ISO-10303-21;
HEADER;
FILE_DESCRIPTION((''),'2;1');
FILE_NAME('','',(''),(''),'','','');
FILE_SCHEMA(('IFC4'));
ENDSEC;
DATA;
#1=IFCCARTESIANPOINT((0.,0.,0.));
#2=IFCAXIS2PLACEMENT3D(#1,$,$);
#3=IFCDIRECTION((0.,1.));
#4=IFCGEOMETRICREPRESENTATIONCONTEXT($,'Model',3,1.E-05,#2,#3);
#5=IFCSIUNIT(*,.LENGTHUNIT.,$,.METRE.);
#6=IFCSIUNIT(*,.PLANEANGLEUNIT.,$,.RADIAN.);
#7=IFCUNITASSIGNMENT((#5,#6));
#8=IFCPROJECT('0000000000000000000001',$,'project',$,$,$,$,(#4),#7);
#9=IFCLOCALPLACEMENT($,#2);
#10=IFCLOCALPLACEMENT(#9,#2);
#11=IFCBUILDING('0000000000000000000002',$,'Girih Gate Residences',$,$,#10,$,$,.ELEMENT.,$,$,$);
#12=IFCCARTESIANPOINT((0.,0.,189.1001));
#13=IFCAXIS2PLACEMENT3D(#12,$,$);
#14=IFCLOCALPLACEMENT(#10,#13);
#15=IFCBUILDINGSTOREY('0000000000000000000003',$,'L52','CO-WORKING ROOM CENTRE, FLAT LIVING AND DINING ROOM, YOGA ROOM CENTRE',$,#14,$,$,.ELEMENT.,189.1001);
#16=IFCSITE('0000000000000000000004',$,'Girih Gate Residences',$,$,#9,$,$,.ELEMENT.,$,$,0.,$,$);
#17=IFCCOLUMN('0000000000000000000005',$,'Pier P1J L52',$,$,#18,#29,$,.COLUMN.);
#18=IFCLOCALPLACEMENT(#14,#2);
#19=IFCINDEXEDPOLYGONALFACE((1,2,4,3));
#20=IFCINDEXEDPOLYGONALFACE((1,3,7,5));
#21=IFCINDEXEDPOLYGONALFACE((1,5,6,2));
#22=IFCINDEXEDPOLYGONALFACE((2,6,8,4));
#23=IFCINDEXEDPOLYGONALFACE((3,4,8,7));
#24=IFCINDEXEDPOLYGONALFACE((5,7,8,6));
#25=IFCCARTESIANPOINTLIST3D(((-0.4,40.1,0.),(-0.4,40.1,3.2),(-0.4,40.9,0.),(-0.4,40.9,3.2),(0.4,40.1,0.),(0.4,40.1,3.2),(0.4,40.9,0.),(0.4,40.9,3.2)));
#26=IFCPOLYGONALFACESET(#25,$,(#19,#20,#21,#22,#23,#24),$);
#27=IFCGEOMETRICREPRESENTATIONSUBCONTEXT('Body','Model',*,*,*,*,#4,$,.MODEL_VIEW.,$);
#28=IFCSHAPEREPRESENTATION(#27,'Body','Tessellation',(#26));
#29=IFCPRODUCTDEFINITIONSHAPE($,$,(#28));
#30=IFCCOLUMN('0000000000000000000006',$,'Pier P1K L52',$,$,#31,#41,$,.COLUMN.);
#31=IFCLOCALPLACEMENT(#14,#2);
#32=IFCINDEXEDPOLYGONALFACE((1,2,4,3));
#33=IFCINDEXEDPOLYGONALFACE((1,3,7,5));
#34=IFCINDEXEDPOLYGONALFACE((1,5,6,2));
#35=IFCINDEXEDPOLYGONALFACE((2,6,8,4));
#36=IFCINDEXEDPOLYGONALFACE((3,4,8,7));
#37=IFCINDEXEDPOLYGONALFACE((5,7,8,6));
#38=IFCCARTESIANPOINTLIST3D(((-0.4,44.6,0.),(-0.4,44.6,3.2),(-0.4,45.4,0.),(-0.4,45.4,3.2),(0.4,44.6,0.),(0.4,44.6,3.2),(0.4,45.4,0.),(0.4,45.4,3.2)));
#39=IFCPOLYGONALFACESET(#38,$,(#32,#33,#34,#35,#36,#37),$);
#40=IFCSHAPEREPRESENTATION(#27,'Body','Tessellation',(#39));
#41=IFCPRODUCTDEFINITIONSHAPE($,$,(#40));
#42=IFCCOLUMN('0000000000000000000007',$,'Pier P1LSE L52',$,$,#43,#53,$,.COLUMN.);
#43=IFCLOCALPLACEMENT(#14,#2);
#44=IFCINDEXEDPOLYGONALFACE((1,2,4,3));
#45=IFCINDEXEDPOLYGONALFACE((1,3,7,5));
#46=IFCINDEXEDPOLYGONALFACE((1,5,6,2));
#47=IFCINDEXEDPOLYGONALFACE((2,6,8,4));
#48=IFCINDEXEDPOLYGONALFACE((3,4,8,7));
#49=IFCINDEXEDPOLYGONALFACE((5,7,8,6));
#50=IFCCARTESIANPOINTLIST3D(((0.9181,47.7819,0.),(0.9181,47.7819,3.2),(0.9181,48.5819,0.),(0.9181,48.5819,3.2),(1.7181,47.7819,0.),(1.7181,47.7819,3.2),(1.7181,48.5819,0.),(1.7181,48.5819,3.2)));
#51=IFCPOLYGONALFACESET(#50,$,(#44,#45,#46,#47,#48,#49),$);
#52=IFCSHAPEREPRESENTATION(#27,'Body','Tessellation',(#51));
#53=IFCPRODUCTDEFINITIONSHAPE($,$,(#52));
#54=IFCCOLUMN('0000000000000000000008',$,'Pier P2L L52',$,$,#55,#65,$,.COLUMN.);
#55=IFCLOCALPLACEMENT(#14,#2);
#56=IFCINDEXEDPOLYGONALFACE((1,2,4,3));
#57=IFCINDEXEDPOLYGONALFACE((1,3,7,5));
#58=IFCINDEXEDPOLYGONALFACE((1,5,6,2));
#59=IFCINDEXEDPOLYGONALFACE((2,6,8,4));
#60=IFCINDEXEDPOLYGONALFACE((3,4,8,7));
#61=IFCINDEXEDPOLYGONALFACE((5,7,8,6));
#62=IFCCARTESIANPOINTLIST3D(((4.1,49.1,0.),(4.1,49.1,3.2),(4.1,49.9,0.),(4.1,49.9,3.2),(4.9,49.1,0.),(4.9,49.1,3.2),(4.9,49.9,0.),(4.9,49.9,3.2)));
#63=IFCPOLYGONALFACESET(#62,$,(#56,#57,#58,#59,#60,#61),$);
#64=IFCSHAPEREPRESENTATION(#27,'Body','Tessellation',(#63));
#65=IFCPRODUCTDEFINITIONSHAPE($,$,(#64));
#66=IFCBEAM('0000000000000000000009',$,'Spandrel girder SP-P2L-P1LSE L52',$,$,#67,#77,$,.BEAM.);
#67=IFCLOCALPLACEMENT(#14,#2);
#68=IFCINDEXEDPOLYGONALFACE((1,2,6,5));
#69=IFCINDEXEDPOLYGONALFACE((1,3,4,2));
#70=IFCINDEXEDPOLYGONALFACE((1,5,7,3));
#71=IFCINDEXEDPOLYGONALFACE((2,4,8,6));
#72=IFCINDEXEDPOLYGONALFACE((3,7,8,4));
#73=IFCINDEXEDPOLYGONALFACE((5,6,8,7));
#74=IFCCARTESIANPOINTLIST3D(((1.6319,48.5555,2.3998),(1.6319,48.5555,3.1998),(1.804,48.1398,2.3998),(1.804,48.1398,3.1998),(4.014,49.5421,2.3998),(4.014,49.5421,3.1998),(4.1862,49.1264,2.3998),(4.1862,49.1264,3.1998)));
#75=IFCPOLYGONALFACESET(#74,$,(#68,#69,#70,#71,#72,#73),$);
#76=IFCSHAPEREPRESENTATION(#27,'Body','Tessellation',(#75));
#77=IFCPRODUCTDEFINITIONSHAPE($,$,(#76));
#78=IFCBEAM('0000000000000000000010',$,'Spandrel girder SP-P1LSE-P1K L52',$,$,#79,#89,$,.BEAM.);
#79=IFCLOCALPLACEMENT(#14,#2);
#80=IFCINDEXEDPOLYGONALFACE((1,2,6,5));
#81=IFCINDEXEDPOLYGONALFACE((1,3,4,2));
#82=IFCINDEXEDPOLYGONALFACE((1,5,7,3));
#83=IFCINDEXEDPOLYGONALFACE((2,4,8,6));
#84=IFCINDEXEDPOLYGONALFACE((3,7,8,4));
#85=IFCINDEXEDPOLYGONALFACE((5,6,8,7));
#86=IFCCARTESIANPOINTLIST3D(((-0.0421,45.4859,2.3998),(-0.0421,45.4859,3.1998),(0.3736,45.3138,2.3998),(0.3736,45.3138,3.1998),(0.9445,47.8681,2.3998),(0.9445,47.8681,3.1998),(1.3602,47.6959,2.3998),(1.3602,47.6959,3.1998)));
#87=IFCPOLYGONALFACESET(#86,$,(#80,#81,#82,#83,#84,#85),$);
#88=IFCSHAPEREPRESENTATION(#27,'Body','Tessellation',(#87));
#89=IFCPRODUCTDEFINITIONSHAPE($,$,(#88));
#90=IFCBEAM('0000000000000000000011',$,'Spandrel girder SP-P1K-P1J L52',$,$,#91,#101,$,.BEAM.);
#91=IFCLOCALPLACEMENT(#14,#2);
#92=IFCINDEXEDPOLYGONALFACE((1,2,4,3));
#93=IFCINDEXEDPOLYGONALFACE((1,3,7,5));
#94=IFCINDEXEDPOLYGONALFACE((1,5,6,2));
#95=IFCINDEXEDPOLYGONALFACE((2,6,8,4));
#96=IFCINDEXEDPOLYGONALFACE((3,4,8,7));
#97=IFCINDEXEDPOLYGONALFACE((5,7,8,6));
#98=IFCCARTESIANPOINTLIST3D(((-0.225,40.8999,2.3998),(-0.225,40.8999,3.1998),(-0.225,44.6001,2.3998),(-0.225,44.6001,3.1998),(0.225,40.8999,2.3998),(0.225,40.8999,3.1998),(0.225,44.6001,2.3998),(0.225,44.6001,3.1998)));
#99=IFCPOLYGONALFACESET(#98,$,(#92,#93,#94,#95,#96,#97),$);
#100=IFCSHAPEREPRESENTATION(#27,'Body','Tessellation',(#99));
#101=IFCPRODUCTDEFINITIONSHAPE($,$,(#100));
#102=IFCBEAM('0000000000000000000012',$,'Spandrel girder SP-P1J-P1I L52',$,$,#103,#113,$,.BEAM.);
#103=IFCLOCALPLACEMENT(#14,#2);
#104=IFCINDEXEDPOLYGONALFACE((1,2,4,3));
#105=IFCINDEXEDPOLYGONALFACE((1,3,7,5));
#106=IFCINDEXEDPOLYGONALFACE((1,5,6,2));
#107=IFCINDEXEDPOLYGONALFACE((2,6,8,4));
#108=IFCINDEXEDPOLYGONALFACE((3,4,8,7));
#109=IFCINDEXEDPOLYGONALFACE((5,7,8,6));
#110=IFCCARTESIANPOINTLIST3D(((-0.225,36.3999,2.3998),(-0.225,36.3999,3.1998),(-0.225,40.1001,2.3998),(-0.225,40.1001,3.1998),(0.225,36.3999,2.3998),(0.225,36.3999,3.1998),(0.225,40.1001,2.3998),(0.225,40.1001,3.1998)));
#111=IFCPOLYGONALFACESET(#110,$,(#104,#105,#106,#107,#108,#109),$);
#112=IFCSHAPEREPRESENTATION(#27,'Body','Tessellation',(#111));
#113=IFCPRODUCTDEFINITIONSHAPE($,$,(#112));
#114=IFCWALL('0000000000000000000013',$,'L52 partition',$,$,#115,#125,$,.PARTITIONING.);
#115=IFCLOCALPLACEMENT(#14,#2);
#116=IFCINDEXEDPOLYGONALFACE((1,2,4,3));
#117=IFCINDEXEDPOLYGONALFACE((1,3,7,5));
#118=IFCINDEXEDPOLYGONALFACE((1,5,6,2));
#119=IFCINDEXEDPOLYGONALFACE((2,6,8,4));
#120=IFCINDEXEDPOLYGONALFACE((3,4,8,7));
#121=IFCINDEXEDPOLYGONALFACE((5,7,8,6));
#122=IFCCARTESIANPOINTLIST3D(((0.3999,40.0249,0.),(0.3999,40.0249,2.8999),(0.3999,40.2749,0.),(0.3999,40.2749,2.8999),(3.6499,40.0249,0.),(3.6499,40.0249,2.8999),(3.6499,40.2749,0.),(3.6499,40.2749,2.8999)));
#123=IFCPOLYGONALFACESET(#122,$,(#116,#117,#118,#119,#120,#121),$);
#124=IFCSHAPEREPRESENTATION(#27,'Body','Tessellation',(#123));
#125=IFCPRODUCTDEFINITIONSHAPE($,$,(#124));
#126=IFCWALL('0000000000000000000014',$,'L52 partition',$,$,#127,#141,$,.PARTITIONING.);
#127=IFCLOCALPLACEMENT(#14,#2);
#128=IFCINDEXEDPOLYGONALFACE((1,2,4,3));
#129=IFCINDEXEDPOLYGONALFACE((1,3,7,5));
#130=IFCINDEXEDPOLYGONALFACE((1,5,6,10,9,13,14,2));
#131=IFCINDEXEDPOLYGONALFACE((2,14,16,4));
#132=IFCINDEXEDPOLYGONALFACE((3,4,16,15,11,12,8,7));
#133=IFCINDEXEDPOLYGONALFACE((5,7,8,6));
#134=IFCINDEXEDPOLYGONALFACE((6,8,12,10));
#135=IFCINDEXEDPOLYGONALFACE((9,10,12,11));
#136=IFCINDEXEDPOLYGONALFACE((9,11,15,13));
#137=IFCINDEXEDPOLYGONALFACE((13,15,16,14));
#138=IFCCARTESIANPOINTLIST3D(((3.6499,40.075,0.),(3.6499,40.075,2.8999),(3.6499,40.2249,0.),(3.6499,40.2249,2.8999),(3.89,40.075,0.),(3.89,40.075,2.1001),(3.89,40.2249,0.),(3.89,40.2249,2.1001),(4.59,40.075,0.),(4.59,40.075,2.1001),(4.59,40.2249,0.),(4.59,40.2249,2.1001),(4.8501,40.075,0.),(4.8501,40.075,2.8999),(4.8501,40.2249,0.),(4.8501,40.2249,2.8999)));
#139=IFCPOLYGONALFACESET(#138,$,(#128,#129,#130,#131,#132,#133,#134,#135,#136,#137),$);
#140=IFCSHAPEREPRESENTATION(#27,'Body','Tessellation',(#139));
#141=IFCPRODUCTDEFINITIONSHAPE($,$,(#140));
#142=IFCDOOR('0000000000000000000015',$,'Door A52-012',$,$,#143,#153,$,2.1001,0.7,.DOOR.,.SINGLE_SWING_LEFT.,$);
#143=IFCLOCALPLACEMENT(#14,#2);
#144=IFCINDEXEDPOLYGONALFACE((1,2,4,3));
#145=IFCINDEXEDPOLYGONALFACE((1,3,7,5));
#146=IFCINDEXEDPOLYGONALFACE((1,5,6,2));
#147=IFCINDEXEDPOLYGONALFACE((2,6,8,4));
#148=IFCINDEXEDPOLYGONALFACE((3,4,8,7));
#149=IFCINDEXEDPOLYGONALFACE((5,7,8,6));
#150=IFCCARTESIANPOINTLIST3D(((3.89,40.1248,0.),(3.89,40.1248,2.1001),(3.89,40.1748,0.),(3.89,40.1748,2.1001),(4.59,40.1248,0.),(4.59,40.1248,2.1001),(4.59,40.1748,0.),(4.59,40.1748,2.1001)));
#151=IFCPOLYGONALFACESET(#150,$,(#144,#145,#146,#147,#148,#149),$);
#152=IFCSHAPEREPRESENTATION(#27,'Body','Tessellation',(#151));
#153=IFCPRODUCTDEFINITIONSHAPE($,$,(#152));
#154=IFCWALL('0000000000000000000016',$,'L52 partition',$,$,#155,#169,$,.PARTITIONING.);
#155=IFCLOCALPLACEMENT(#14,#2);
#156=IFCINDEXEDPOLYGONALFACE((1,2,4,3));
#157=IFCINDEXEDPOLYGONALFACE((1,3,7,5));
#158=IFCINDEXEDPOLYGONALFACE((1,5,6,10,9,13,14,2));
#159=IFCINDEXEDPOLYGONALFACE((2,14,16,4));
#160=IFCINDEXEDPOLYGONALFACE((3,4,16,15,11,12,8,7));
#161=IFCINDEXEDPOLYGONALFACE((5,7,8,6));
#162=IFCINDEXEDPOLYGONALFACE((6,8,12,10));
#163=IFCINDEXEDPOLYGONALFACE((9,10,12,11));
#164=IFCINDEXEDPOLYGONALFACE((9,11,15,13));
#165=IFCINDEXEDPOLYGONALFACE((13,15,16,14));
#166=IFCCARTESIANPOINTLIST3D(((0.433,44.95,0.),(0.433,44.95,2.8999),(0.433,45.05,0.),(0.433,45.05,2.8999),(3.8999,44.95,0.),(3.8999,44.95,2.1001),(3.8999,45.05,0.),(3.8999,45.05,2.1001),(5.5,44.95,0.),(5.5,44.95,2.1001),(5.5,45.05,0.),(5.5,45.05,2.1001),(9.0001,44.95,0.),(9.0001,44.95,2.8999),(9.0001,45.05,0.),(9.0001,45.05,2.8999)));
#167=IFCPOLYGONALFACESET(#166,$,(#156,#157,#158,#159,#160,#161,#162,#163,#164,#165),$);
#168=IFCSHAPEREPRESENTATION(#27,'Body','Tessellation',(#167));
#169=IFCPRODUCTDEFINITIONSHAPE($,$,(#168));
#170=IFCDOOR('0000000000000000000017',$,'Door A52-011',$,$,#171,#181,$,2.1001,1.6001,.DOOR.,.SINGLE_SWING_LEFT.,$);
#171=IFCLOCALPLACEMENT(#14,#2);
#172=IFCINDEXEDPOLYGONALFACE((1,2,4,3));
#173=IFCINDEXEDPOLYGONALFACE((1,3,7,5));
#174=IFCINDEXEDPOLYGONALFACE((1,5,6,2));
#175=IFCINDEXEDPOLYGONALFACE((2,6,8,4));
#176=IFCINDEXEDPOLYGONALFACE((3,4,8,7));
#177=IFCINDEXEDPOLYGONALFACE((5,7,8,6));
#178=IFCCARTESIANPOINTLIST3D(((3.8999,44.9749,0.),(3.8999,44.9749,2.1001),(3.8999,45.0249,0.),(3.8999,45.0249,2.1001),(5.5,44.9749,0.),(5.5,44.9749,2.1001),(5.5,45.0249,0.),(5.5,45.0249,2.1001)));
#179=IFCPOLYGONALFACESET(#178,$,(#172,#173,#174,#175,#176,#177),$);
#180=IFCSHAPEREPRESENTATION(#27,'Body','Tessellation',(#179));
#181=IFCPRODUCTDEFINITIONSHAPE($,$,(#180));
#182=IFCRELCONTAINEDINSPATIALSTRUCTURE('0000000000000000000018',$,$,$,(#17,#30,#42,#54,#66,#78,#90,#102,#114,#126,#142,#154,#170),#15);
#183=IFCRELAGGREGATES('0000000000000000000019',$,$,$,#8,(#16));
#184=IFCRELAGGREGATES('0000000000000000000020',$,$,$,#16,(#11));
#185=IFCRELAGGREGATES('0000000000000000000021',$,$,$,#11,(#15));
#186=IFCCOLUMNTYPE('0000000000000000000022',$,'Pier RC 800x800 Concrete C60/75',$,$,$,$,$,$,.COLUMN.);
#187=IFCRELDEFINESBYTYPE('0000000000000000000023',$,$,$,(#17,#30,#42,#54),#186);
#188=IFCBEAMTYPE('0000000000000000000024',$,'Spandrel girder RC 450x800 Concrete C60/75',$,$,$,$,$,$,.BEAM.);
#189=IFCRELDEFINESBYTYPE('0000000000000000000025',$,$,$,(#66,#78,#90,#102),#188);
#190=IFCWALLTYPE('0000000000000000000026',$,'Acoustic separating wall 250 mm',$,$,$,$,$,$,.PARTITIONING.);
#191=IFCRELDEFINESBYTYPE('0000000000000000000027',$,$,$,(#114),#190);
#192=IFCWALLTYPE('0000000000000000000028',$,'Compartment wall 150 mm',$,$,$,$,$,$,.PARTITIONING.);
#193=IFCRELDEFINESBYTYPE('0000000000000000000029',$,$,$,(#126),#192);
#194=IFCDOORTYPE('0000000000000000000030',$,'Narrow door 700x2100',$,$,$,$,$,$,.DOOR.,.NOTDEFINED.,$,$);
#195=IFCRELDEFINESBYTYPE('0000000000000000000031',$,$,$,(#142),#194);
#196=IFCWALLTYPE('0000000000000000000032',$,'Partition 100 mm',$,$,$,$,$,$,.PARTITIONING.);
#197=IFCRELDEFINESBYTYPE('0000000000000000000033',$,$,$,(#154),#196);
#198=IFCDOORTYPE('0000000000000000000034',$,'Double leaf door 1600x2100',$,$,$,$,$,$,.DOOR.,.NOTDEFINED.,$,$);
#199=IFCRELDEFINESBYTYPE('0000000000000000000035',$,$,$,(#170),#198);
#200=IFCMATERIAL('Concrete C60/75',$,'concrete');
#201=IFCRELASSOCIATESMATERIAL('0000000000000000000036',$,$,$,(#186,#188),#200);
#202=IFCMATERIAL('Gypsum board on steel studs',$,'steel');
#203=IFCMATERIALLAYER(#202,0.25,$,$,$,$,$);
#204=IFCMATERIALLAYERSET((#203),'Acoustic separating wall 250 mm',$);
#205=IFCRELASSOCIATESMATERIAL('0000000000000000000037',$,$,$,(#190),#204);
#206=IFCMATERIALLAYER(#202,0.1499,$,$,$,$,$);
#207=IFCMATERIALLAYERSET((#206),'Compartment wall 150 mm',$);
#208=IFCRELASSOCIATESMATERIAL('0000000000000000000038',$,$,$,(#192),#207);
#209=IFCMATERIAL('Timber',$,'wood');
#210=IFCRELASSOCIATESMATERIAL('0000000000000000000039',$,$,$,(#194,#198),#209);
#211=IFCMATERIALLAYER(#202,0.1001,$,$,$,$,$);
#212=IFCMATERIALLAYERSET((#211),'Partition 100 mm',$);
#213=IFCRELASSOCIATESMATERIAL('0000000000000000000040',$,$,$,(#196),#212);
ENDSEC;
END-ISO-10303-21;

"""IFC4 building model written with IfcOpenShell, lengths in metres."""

from ifc_helpers import new_model, si_unit, direction, frame, frame_2d, origin, origin_2d, place, context, subcontext, project, spatial, rectangle, extrude, material, layer, layer_set, material_profile, profile_set, type_object, element, fill, save


model = new_model("IFC4")

# Units and contexts
model_context = context("Model", 3, precision=1e-05, world=origin(), true_north=direction((0.0, 1.0)))
body_context = subcontext(model_context, "Body", "Model", "MODEL_VIEW")
ifc_project = project(units=[si_unit("LENGTHUNIT", "METRE"), si_unit("PLANEANGLEUNIT", "RADIAN")], contexts=[model_context])

# Site, building, storey
site_placement = place(None, origin())
site = spatial("IfcSite", under=ifc_project, at=site_placement, Name="Girih Gate Residences", CompositionType="ELEMENT", RefElevation=0.0)
building_placement = place(site_placement, origin())
building = spatial("IfcBuilding", under=site, at=building_placement, Name="Girih Gate Residences", CompositionType="ELEMENT")
storey_placement = place(building_placement, frame((0.0, 0.0, 189.1001)))
storey = spatial("IfcBuildingStorey", under=building, at=storey_placement, Name="L52", Description="CO-WORKING ROOM CENTRE, FLAT LIVING AND DINING ROOM, YOGA ROOM CENTRE", CompositionType="ELEMENT", Elevation=189.1001)

# Columns
ifc_material_1 = material(Name="Concrete C60/75", Category="concrete")
ifc_material_profile_1 = material_profile(ifc_material_1, rectangle(XDim=0.8, YDim=0.8, at=origin_2d()))
ifc_profile_set_1 = profile_set([ifc_material_profile_1], Name="Concrete C60/75")
column_type = type_object("IfcColumnType", Name="Pier RC 800x800 Concrete C60/75", PredefinedType="COLUMN", material=ifc_profile_set_1)
for number, where, z_axis, x_axis, name in (
    (1, (0.0, 40.5, 0.0), (0.0, 0.0, 1.0), (1.0, 0.0, 0.0), "Pier P1J L52"),
    (2, (0.0, 45.0, 0.0), (0.0, 0.0, 1.0), (1.0, 0.0, 0.0), "Pier P1K L52"),
    (3, (1.3181, 48.1819, 0.0), (0.0, 0.0, 1.0), (1.0, 0.0, 0.0), "Pier P1LSE L52"),
    (4, (4.5, 49.5, 0.0), (0.0, 0.0, 1.0), (1.0, 0.0, 0.0), "Pier P2L L52"),
):
    element("IfcColumn", number, at=place(storey_placement, frame(where, z_axis=z_axis, x_axis=x_axis)), inside=storey, type_object=column_type, Name=name, PredefinedType="COLUMN", context=body_context, shape_type="SweptSolid", body=[
        extrude(rectangle(XDim=0.8, YDim=0.8, at=origin_2d()), origin(), (0.0, 0.0, 1.0), 3.2),
    ])

# Beams
ifc_material_profile_2 = material_profile(ifc_material_1, rectangle(XDim=0.45, YDim=0.8, at=origin_2d()))
ifc_profile_set_2 = profile_set([ifc_material_profile_2], Name="Concrete C60/75")
beam_type = type_object("IfcBeamType", Name="Spandrel girder RC 450x800 Concrete C60/75", PredefinedType="BEAM", material=ifc_profile_set_2)
for number, where, z_axis, x_axis, name in (
    (5, (4.1001, 49.3342, 2.7998), (-0.923896, -0.382644, 0.0), (0.382644, -0.923896, 0.0), "Spandrel girder SP-P2L-P1LSE L52"),
    (6, (1.1523, 47.782, 2.7998), (-0.382644, -0.923896, 0.0), (0.923896, -0.382644, 0.0), "Spandrel girder SP-P1LSE-P1K L52"),
):
    element("IfcBeam", number, at=place(storey_placement, frame(where, z_axis=z_axis, x_axis=x_axis)), inside=storey, type_object=beam_type, Name=name, PredefinedType="BEAM", context=body_context, shape_type="SweptSolid", body=[
        extrude(rectangle(XDim=0.45, YDim=0.8, at=origin_2d()), origin(), (0.0, 0.0, 1.0), 2.5784),
    ])
for number, where, z_axis, x_axis, name in (
    (7, (0.0, 44.6001, 2.7998), (0.0, -1.0, 0.0), (1.0, 0.0, 0.0), "Spandrel girder SP-P1K-P1J L52"),
    (8, (0.0, 40.1001, 2.7998), (0.0, -1.0, 0.0), (1.0, 0.0, 0.0), "Spandrel girder SP-P1J-P1I L52"),
):
    element("IfcBeam", number, at=place(storey_placement, frame(where, z_axis=z_axis, x_axis=x_axis)), inside=storey, type_object=beam_type, Name=name, PredefinedType="BEAM", context=body_context, shape_type="SweptSolid", body=[
        extrude(rectangle(XDim=0.45, YDim=0.8, at=origin_2d()), origin(), (0.0, 0.0, 1.0), 3.7002),
    ])

# Wall
ifc_material_2 = material(Name="Gypsum board on steel studs", Category="steel")
ifc_layer_1 = layer(ifc_material_2, 0.25)
ifc_layer_set_1 = layer_set([ifc_layer_1], Name="Acoustic separating wall 250 mm")
wall_type_1 = type_object("IfcWallType", Name="Acoustic separating wall 250 mm", PredefinedType="PARTITIONING", material=ifc_layer_set_1)
wall_1_placement = place(storey_placement, frame((0.3999, 40.1499, 0.0), z_axis=(0.0, 0.0, 1.0), x_axis=(1.0, 0.0, 0.0)))
element("IfcWall", 9, at=wall_1_placement, inside=storey, type_object=wall_type_1, Name="L52 partition", PredefinedType="PARTITIONING", context=body_context, shape_type="SweptSolid", body=[
    extrude(rectangle(XDim=3.25, YDim=0.25, at=frame_2d((1.625, 0.0))), origin(), (0.0, 0.0, 1.0), 2.8999),
])

# Walls, openings, doors
ifc_layer_2 = layer(ifc_material_2, 0.1499)
ifc_layer_set_2 = layer_set([ifc_layer_2], Name="Compartment wall 150 mm")
wall_type_2 = type_object("IfcWallType", Name="Compartment wall 150 mm", PredefinedType="PARTITIONING", material=ifc_layer_set_2)
wall_2_placement = place(storey_placement, frame((3.6499, 40.1499, 0.0), z_axis=(0.0, 0.0, 1.0), x_axis=(1.0, 0.0, 0.0)))
wall_2 = element("IfcWall", 10, at=wall_2_placement, inside=storey, type_object=wall_type_2, Name="L52 partition", PredefinedType="PARTITIONING", context=body_context, shape_type="SweptSolid", body=[
    extrude(rectangle(XDim=1.2002, YDim=0.1499, at=frame_2d((0.6001, 0.0))), origin(), (0.0, 0.0, 1.0), 2.8999),
])
opening_1_placement = place(wall_2_placement, frame((0.24, 0.0, 0.0)))
opening_1 = element("IfcOpeningElement", 11, at=opening_1_placement, cuts=wall_2, PredefinedType="OPENING", context=body_context, shape_type="SweptSolid", body=[
    extrude(rectangle(XDim=0.7, YDim=2.1001, at=frame_2d((0.3501, 1.05))), frame((0.0, 0.085, 0.0), z_axis=(0.0, -1.0, 0.0), x_axis=(1.0, 0.0, 0.0)), (0.0, 0.0, 1.0), 0.1699),
])
ifc_material_3 = material(Name="Timber", Category="wood")
door_type_1 = type_object("IfcDoorType", Name="Narrow door 700x2100", OperationType="NOTDEFINED", PredefinedType="DOOR", material=ifc_material_3)
door_1_placement = place(opening_1_placement, origin())
door_1 = element("IfcDoor", 12, at=door_1_placement, inside=storey, type_object=door_type_1, Name="Door A52-012", OperationType="SINGLE_SWING_LEFT", OverallHeight=2.1001, OverallWidth=0.7, PredefinedType="DOOR", context=body_context, shape_type="SweptSolid", body=[
    extrude(rectangle(XDim=0.7, YDim=2.1001, at=frame_2d((0.3501, 1.05))), frame((0.0, 0.0249, 0.0), z_axis=(0.0, -1.0, 0.0), x_axis=(1.0, 0.0, 0.0)), (0.0, 0.0, 1.0), 0.05),
])
fill(opening_1, door_1)
ifc_layer_3 = layer(ifc_material_2, 0.1001)
ifc_layer_set_3 = layer_set([ifc_layer_3], Name="Partition 100 mm")
wall_type_3 = type_object("IfcWallType", Name="Partition 100 mm", PredefinedType="PARTITIONING", material=ifc_layer_set_3)
wall_3_placement = place(storey_placement, frame((0.4329, 45.0, 0.0), z_axis=(0.0, 0.0, 1.0), x_axis=(1.0, 0.0, 0.0)))
wall_3 = element("IfcWall", 13, at=wall_3_placement, inside=storey, type_object=wall_type_3, Name="L52 partition", PredefinedType="PARTITIONING", context=body_context, shape_type="SweptSolid", body=[
    extrude(rectangle(XDim=8.5671, YDim=0.1001, at=frame_2d((4.2837, 0.0))), origin(), (0.0, 0.0, 1.0), 2.8999),
])
opening_2_placement = place(wall_3_placement, frame((3.467, 0.0, 0.0)))
opening_2 = element("IfcOpeningElement", 14, at=opening_2_placement, cuts=wall_3, PredefinedType="OPENING", context=body_context, shape_type="SweptSolid", body=[
    extrude(rectangle(XDim=1.6001, YDim=2.1001, at=frame_2d((0.8, 1.05))), frame((0.0, 0.0601, 0.0), z_axis=(0.0, -1.0, 0.0), x_axis=(1.0, 0.0, 0.0)), (0.0, 0.0, 1.0), 0.1201),
])
door_type_2 = type_object("IfcDoorType", Name="Double leaf door 1600x2100", OperationType="NOTDEFINED", PredefinedType="DOOR", material=ifc_material_3)
door_2_placement = place(opening_2_placement, origin())
door_2 = element("IfcDoor", 15, at=door_2_placement, inside=storey, type_object=door_type_2, Name="Door A52-011", OperationType="SINGLE_SWING_LEFT", OverallHeight=2.1001, OverallWidth=1.6001, PredefinedType="DOOR", context=body_context, shape_type="SweptSolid", body=[
    extrude(rectangle(XDim=1.6001, YDim=2.1001, at=frame_2d((0.8, 1.05))), frame((0.0, 0.0249, 0.0), z_axis=(0.0, -1.0, 0.0), x_axis=(1.0, 0.0, 0.0)), (0.0, 0.0, 1.0), 0.05),
])
fill(opening_2, door_2)

save(model, "model.ifc")
